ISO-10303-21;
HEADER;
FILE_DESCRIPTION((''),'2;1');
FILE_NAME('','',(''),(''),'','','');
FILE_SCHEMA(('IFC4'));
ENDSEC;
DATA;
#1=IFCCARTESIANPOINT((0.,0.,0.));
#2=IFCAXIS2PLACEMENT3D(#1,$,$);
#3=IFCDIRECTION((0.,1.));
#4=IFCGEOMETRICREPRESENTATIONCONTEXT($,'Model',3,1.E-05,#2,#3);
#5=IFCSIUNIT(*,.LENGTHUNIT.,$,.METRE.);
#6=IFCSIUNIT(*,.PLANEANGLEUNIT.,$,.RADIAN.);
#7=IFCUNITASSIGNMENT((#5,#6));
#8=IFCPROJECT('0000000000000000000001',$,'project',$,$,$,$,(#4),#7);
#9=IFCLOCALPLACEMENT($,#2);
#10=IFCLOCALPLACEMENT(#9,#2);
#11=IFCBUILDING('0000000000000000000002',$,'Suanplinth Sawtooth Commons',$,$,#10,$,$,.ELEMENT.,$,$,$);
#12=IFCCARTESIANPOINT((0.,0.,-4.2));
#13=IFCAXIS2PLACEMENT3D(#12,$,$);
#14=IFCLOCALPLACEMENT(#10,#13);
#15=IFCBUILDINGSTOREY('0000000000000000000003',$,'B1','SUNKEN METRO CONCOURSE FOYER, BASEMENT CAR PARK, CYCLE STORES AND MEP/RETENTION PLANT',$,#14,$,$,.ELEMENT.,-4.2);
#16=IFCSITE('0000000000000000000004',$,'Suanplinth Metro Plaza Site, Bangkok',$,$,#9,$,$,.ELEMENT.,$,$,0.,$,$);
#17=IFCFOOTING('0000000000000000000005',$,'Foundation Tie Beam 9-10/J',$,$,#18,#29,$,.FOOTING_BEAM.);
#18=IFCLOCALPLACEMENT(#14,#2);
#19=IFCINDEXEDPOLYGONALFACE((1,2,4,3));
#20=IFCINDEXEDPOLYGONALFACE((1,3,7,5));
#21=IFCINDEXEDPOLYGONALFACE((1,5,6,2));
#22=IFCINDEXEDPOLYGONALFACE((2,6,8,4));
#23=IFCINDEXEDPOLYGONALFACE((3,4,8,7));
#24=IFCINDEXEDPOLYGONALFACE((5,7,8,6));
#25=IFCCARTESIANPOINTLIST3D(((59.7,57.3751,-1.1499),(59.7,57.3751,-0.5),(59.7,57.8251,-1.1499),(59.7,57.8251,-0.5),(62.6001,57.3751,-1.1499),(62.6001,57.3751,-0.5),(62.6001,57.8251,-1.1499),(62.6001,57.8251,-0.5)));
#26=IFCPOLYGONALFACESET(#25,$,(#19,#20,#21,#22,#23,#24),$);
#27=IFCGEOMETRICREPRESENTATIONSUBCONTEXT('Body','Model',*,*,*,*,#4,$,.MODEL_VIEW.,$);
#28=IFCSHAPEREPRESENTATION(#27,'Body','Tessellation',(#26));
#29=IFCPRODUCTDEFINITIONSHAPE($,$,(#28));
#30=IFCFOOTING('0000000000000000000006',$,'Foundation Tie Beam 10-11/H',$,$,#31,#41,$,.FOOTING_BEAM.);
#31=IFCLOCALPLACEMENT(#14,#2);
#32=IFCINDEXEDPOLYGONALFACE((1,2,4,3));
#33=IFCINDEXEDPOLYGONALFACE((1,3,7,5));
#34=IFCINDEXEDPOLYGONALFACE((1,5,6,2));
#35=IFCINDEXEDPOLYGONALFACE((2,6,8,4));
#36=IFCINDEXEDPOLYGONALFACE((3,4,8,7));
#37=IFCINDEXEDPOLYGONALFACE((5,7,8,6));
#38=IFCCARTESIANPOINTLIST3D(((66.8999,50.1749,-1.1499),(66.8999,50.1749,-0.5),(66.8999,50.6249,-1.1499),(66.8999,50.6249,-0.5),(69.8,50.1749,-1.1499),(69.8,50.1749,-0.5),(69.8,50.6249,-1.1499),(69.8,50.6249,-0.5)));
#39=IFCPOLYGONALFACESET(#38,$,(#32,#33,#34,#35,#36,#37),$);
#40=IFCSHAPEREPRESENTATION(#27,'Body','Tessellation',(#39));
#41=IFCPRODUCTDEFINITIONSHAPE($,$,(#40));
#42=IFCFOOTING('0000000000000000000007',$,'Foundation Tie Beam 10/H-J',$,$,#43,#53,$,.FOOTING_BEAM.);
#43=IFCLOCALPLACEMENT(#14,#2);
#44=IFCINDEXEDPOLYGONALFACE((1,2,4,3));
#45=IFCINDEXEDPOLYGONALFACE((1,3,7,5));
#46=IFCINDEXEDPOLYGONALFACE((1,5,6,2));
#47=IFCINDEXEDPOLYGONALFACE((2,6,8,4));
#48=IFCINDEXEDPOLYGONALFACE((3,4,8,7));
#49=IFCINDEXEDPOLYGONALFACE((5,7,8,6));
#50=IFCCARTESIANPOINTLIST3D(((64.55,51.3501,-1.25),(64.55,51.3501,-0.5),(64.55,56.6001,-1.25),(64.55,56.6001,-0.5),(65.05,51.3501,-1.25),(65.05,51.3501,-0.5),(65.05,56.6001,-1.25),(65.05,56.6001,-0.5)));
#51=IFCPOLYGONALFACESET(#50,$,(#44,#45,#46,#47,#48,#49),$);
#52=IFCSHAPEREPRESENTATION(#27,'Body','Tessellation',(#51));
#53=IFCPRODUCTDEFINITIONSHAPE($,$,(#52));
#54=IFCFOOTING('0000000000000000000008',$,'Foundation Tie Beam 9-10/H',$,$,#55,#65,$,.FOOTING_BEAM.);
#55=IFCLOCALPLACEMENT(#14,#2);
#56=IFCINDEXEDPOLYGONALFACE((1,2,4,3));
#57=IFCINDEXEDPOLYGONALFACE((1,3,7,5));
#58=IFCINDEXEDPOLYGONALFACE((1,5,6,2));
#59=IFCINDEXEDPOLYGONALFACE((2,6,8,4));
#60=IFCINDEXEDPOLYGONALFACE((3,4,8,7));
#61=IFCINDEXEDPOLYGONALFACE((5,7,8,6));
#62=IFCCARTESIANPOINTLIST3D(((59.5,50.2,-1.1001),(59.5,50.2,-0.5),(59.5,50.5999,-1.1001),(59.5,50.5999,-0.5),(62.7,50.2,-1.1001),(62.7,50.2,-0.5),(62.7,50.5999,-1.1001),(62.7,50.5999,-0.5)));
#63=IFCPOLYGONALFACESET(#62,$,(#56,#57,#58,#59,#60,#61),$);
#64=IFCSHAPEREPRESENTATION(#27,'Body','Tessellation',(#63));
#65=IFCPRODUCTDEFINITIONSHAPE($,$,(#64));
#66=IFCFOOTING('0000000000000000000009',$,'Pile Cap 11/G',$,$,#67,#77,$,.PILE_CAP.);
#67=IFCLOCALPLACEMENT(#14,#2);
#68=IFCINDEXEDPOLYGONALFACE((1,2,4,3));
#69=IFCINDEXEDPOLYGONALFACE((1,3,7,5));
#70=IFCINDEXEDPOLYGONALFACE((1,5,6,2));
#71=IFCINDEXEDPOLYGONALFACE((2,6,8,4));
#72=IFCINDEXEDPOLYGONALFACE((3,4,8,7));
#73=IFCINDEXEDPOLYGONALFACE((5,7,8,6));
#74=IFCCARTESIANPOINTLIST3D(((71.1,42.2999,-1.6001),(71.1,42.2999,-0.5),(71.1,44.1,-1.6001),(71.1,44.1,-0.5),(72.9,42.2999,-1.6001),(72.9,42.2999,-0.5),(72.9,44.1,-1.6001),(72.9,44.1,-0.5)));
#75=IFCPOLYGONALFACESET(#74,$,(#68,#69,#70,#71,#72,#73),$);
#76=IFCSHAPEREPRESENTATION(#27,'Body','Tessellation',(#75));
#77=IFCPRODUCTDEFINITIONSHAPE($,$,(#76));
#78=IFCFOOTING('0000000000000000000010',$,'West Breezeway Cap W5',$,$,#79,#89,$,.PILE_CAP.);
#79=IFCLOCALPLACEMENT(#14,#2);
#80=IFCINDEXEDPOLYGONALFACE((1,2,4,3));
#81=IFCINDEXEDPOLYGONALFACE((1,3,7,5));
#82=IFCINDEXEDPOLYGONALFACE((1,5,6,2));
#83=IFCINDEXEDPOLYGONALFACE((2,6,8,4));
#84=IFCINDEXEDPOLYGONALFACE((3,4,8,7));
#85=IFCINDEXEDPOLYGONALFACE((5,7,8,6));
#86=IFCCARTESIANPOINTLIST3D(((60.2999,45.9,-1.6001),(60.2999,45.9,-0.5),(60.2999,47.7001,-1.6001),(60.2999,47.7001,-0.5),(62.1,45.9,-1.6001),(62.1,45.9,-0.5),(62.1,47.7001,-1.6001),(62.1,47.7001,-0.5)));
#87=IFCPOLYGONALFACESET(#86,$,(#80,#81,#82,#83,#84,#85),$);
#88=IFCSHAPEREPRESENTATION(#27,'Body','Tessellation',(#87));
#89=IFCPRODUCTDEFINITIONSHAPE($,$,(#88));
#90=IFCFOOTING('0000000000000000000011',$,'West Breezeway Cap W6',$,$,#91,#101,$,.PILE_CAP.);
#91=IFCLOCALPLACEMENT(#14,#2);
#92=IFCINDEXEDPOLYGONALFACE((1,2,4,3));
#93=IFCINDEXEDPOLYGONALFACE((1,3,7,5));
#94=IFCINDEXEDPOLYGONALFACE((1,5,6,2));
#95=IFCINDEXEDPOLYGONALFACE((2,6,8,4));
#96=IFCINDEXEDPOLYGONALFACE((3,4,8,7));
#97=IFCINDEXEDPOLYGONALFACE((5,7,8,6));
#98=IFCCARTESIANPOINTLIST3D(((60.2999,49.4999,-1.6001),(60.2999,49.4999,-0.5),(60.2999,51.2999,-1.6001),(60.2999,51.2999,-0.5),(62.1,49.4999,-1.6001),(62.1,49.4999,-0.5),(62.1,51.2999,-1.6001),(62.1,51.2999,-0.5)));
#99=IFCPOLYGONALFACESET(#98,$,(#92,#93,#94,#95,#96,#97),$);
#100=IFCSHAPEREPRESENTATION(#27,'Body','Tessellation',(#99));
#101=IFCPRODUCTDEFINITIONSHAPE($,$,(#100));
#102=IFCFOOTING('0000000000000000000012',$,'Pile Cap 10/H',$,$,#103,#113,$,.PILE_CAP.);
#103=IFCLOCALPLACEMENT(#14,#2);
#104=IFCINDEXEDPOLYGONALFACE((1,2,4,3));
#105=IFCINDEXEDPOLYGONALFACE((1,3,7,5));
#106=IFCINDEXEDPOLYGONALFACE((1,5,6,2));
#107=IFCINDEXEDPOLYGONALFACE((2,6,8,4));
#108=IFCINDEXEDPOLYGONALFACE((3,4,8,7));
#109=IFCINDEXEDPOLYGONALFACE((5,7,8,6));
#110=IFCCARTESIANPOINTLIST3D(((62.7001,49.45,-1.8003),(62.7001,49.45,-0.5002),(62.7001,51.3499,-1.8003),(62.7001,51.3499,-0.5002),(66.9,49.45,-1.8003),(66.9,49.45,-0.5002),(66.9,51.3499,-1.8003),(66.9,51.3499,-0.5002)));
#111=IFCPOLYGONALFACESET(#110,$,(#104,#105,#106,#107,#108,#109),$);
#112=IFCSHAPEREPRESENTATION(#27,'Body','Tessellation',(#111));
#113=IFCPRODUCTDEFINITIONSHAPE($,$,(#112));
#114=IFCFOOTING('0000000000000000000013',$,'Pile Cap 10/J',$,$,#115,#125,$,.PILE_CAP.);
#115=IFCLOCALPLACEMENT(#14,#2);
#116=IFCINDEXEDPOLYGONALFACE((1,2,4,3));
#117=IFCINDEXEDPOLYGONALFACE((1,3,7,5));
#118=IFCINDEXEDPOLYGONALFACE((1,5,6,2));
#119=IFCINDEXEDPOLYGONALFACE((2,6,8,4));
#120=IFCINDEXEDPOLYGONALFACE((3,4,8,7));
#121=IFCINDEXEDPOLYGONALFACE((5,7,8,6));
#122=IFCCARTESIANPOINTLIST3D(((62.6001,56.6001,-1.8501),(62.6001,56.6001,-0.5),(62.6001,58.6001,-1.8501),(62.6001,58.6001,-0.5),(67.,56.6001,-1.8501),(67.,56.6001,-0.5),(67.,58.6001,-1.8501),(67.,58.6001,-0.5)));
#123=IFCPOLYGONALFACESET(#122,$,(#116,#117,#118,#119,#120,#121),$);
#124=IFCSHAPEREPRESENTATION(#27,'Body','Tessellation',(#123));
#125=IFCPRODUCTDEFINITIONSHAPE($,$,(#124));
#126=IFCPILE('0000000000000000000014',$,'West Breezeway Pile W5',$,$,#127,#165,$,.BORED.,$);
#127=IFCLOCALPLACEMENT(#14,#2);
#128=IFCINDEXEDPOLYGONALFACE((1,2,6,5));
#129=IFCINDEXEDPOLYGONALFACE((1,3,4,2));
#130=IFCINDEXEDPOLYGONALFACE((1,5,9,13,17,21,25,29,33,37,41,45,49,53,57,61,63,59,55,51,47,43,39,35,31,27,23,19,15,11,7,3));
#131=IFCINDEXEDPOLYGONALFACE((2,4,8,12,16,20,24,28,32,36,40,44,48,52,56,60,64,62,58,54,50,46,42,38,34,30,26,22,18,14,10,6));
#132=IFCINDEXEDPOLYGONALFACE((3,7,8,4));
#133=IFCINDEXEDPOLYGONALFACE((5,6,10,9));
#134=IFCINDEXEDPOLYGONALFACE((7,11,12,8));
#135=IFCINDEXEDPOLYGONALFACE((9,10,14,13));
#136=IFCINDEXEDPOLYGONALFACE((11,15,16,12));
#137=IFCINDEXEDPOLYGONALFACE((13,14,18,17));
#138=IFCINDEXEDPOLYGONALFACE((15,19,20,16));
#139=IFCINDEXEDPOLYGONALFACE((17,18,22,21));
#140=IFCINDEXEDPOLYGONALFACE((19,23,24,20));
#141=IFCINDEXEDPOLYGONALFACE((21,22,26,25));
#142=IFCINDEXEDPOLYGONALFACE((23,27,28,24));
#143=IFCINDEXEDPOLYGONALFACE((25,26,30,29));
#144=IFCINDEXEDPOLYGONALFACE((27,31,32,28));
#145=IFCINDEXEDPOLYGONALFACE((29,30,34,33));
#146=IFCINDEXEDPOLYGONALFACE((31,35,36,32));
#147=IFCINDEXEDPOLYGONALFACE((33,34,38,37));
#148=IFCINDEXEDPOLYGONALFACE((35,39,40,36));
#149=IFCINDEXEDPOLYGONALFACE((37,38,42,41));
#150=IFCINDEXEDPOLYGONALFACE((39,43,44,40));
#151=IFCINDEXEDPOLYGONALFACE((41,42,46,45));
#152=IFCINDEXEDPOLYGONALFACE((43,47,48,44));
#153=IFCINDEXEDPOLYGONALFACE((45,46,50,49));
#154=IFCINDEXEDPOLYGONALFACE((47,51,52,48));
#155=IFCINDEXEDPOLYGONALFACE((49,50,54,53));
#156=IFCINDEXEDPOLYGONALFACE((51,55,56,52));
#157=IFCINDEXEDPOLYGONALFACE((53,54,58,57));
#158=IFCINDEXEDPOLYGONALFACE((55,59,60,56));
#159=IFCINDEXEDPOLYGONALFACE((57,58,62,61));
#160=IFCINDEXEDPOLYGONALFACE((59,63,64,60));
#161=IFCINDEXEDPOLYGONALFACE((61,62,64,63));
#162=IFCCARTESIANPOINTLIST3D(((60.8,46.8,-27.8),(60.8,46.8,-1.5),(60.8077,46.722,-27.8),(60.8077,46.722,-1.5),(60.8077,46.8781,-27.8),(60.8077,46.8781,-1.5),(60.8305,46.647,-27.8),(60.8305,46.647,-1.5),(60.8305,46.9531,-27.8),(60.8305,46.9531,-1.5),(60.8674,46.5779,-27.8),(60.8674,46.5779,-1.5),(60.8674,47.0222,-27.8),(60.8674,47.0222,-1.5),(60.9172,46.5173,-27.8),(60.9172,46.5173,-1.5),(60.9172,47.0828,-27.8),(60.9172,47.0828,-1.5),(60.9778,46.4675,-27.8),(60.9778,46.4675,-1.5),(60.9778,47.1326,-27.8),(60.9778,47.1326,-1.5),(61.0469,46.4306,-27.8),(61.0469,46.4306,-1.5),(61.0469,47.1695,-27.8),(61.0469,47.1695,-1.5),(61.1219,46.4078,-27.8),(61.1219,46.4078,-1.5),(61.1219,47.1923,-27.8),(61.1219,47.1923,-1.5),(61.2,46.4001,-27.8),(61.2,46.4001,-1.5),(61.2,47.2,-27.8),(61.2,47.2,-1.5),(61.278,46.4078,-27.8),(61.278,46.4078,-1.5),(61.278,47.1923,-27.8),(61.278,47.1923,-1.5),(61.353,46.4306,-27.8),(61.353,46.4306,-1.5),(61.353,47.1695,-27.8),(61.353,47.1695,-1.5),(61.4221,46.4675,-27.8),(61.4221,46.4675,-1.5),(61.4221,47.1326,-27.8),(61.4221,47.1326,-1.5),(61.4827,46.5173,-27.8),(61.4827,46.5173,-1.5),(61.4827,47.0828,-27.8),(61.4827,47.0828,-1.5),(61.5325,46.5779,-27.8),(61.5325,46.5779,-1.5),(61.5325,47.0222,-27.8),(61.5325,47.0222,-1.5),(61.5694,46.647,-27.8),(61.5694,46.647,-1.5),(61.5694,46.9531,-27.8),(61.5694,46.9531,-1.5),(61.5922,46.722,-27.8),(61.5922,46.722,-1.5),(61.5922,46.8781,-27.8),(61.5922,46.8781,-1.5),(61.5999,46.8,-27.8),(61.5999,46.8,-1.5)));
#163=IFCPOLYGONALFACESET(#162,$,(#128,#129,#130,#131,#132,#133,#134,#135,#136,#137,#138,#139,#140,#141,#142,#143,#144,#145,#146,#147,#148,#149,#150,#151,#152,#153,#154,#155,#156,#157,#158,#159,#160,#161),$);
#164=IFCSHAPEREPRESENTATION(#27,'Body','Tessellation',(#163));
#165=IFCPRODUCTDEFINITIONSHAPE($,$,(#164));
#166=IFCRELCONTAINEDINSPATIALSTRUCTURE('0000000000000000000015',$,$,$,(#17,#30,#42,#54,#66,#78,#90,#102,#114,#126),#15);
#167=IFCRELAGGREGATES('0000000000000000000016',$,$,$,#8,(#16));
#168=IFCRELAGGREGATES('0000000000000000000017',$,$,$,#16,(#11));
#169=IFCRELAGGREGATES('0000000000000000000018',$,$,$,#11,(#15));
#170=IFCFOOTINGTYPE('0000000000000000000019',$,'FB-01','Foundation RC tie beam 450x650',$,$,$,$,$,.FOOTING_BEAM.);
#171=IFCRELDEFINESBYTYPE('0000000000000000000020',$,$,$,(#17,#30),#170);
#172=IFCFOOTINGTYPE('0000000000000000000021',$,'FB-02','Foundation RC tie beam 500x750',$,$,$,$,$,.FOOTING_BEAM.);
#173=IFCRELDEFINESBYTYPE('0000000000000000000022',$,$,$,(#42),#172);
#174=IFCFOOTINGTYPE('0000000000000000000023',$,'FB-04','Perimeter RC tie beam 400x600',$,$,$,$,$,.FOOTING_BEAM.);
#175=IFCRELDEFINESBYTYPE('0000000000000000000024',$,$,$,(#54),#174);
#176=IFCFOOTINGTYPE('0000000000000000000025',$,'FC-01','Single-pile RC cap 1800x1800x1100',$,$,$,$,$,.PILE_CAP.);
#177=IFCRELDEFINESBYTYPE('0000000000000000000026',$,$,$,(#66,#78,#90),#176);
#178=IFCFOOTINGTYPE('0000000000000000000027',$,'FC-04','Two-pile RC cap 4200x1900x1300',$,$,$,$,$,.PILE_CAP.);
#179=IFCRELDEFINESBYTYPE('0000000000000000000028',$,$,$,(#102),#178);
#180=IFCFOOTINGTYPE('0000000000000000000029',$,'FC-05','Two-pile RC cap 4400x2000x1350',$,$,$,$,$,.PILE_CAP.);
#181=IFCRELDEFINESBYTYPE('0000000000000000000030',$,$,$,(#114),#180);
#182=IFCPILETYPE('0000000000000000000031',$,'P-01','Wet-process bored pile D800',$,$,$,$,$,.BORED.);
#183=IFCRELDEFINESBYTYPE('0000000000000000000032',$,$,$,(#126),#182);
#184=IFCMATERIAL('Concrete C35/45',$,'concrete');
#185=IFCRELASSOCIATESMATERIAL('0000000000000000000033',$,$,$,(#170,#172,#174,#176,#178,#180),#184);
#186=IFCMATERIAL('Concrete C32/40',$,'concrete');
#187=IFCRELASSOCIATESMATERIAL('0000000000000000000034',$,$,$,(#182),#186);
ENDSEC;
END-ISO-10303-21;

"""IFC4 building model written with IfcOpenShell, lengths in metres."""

from ifc_helpers import new_model, si_unit, direction, frame, origin, origin_2d, place, context, subcontext, project, spatial, rectangle, circle, extrude, material, material_profile, profile_set, type_object, element, save


model = new_model("IFC4")

# Units and contexts
model_context = context("Model", 3, precision=1e-05, world=origin(), true_north=direction((0.0, 1.0)))
body_context = subcontext(model_context, "Body", "Model", "MODEL_VIEW")
ifc_project = project(units=[si_unit("LENGTHUNIT", "METRE"), si_unit("PLANEANGLEUNIT", "RADIAN")], contexts=[model_context])

# Site, building, storey
site_placement = place(None, origin())
site = spatial("IfcSite", under=ifc_project, at=site_placement, Name="Suanplinth Metro Plaza Site, Bangkok", CompositionType="ELEMENT", RefElevation=0.0)
building_placement = place(site_placement, origin())
building = spatial("IfcBuilding", under=site, at=building_placement, Name="Suanplinth Sawtooth Commons", CompositionType="ELEMENT")
storey_placement = place(building_placement, frame((0.0, 0.0, -4.2)))
storey = spatial("IfcBuildingStorey", under=building, at=storey_placement, Name="B1", Description="SUNKEN METRO CONCOURSE FOYER, BASEMENT CAR PARK, CYCLE STORES AND MEP/RETENTION PLANT", CompositionType="ELEMENT", Elevation=-4.2)

# Footings
ifc_material_1 = material(Name="Concrete C35/45", Category="concrete")
ifc_material_profile_1 = material_profile(ifc_material_1, rectangle(XDim=0.45, YDim=0.6499, at=origin_2d()), Name="PC-GDR 450x650")
ifc_profile_set_1 = profile_set([ifc_material_profile_1], Name="Concrete C35/45")
footing_type_1 = type_object("IfcFootingType", Name="FB-01", Description="Foundation RC tie beam 450x650", PredefinedType="FOOTING_BEAM", material=ifc_profile_set_1)
for number, where, z_axis, x_axis, name in (
    (1, (59.7, 57.6001, -0.825), (1.0, 0.0, 0.0), (0.0, 1.0, 0.0), "Foundation Tie Beam 9-10/J"),
    (2, (66.8999, 50.3999, -0.825), (1.0, 0.0, 0.0), (0.0, 1.0, 0.0), "Foundation Tie Beam 10-11/H"),
):
    element("IfcFooting", number, at=place(storey_placement, frame(where, z_axis=z_axis, x_axis=x_axis)), inside=storey, type_object=footing_type_1, Name=name, PredefinedType="FOOTING_BEAM", context=body_context, shape_type="SweptSolid", body=[
        extrude(rectangle(XDim=0.45, YDim=0.6499, at=origin_2d()), origin(), (0.0, 0.0, 1.0), 2.9001),
    ])
ifc_material_profile_2 = material_profile(ifc_material_1, rectangle(XDim=0.5, YDim=0.75, at=origin_2d()), Name="RC-GDR 500x750")
ifc_profile_set_2 = profile_set([ifc_material_profile_2], Name="Concrete C35/45")
footing_type_2 = type_object("IfcFootingType", Name="FB-02", Description="Foundation RC tie beam 500x750", PredefinedType="FOOTING_BEAM", material=ifc_profile_set_2)
footing_1_placement = place(storey_placement, frame((64.8, 51.3501, -0.875), z_axis=(0.0, 1.0, 0.0), x_axis=(-1.0, 0.0, 0.0)))
element("IfcFooting", 3, at=footing_1_placement, inside=storey, type_object=footing_type_2, Name="Foundation Tie Beam 10/H-J", PredefinedType="FOOTING_BEAM", context=body_context, shape_type="SweptSolid", body=[
    extrude(rectangle(XDim=0.5, YDim=0.75, at=origin_2d()), origin(), (0.0, 0.0, 1.0), 5.25),
])
ifc_material_profile_3 = material_profile(ifc_material_1, rectangle(XDim=0.3999, YDim=0.6001, at=origin_2d()), Name="PC-GDR 400x600")
ifc_profile_set_3 = profile_set([ifc_material_profile_3], Name="Concrete C35/45")
footing_type_3 = type_object("IfcFootingType", Name="FB-04", Description="Perimeter RC tie beam 400x600", PredefinedType="FOOTING_BEAM", material=ifc_profile_set_3)
footing_2_placement = place(storey_placement, frame((59.5, 50.3999, -0.8), z_axis=(1.0, 0.0, 0.0), x_axis=(0.0, 1.0, 0.0)))
element("IfcFooting", 4, at=footing_2_placement, inside=storey, type_object=footing_type_3, Name="Foundation Tie Beam 9-10/H", PredefinedType="FOOTING_BEAM", context=body_context, shape_type="SweptSolid", body=[
    extrude(rectangle(XDim=0.3999, YDim=0.6001, at=origin_2d()), origin(), (0.0, 0.0, 1.0), 3.2),
])
footing_type_4 = type_object("IfcFootingType", Name="FC-01", Description="Single-pile RC cap 1800x1800x1100", PredefinedType="PILE_CAP", material=ifc_material_1)
for number, where, z_axis, x_axis, name in (
    (5, (72.0, 43.2, -1.6001), (0.0, 0.0, 1.0), (1.0, 0.0, 0.0), "Pile Cap 11/G"),
    (6, (61.2, 46.8, -1.6001), (0.0, 0.0, 1.0), (1.0, 0.0, 0.0), "West Breezeway Cap W5"),
    (7, (61.2, 50.3999, -1.6001), (0.0, 0.0, 1.0), (1.0, 0.0, 0.0), "West Breezeway Cap W6"),
):
    element("IfcFooting", number, at=place(storey_placement, frame(where, z_axis=z_axis, x_axis=x_axis)), inside=storey, type_object=footing_type_4, Name=name, PredefinedType="PILE_CAP", context=body_context, shape_type="SweptSolid", body=[
        extrude(rectangle(XDim=1.8, YDim=1.8, at=origin_2d()), origin(), (0.0, 0.0, 1.0), 1.1001),
    ])
footing_type_5 = type_object("IfcFootingType", Name="FC-04", Description="Two-pile RC cap 4200x1900x1300", PredefinedType="PILE_CAP", material=ifc_material_1)
footing_3_placement = place(storey_placement, frame((64.8, 50.3999, -1.8003), z_axis=(0.0, 0.0, 1.0), x_axis=(1.0, 0.0, 0.0)))
element("IfcFooting", 8, at=footing_3_placement, inside=storey, type_object=footing_type_5, Name="Pile Cap 10/H", PredefinedType="PILE_CAP", context=body_context, shape_type="SweptSolid", body=[
    extrude(rectangle(XDim=4.2, YDim=1.8999, at=origin_2d()), origin(), (0.0, 0.0, 1.0), 1.3),
])
footing_type_6 = type_object("IfcFootingType", Name="FC-05", Description="Two-pile RC cap 4400x2000x1350", PredefinedType="PILE_CAP", material=ifc_material_1)
footing_4_placement = place(storey_placement, frame((64.8, 57.6001, -1.8501), z_axis=(0.0, 0.0, 1.0), x_axis=(1.0, 0.0, 0.0)))
element("IfcFooting", 9, at=footing_4_placement, inside=storey, type_object=footing_type_6, Name="Pile Cap 10/J", PredefinedType="PILE_CAP", context=body_context, shape_type="SweptSolid", body=[
    extrude(rectangle(XDim=4.3999, YDim=2.0, at=origin_2d()), origin(), (0.0, 0.0, 1.0), 1.3501),
])

# Pile
ifc_material_2 = material(Name="Concrete C32/40", Category="concrete")
ifc_material_profile_4 = material_profile(ifc_material_2, circle(Radius=0.3999, at=origin_2d()), Name="PILE D800")
ifc_profile_set_4 = profile_set([ifc_material_profile_4], Name="Concrete C32/40")
pile_type_1 = type_object("IfcPileType", Name="P-01", Description="Wet-process bored pile D800", PredefinedType="BORED", material=ifc_profile_set_4)
for number, where, z_axis, x_axis, name in (
    (10, (61.2, 46.8, -1.5), (0.0, 0.0, -1.0), (1.0, 0.0, 0.0), "West Breezeway Pile W5"),
):
    element("IfcPile", number, at=place(storey_placement, frame(where, z_axis=z_axis, x_axis=x_axis)), inside=storey, type_object=pile_type_1, Name=name, PredefinedType="BORED", context=body_context, shape_type="SweptSolid", body=[
        extrude(circle(Radius=0.3999, at=origin_2d()), origin(), (0.0, 0.0, 1.0), 26.3),
    ])

save(model, "model.ifc")
